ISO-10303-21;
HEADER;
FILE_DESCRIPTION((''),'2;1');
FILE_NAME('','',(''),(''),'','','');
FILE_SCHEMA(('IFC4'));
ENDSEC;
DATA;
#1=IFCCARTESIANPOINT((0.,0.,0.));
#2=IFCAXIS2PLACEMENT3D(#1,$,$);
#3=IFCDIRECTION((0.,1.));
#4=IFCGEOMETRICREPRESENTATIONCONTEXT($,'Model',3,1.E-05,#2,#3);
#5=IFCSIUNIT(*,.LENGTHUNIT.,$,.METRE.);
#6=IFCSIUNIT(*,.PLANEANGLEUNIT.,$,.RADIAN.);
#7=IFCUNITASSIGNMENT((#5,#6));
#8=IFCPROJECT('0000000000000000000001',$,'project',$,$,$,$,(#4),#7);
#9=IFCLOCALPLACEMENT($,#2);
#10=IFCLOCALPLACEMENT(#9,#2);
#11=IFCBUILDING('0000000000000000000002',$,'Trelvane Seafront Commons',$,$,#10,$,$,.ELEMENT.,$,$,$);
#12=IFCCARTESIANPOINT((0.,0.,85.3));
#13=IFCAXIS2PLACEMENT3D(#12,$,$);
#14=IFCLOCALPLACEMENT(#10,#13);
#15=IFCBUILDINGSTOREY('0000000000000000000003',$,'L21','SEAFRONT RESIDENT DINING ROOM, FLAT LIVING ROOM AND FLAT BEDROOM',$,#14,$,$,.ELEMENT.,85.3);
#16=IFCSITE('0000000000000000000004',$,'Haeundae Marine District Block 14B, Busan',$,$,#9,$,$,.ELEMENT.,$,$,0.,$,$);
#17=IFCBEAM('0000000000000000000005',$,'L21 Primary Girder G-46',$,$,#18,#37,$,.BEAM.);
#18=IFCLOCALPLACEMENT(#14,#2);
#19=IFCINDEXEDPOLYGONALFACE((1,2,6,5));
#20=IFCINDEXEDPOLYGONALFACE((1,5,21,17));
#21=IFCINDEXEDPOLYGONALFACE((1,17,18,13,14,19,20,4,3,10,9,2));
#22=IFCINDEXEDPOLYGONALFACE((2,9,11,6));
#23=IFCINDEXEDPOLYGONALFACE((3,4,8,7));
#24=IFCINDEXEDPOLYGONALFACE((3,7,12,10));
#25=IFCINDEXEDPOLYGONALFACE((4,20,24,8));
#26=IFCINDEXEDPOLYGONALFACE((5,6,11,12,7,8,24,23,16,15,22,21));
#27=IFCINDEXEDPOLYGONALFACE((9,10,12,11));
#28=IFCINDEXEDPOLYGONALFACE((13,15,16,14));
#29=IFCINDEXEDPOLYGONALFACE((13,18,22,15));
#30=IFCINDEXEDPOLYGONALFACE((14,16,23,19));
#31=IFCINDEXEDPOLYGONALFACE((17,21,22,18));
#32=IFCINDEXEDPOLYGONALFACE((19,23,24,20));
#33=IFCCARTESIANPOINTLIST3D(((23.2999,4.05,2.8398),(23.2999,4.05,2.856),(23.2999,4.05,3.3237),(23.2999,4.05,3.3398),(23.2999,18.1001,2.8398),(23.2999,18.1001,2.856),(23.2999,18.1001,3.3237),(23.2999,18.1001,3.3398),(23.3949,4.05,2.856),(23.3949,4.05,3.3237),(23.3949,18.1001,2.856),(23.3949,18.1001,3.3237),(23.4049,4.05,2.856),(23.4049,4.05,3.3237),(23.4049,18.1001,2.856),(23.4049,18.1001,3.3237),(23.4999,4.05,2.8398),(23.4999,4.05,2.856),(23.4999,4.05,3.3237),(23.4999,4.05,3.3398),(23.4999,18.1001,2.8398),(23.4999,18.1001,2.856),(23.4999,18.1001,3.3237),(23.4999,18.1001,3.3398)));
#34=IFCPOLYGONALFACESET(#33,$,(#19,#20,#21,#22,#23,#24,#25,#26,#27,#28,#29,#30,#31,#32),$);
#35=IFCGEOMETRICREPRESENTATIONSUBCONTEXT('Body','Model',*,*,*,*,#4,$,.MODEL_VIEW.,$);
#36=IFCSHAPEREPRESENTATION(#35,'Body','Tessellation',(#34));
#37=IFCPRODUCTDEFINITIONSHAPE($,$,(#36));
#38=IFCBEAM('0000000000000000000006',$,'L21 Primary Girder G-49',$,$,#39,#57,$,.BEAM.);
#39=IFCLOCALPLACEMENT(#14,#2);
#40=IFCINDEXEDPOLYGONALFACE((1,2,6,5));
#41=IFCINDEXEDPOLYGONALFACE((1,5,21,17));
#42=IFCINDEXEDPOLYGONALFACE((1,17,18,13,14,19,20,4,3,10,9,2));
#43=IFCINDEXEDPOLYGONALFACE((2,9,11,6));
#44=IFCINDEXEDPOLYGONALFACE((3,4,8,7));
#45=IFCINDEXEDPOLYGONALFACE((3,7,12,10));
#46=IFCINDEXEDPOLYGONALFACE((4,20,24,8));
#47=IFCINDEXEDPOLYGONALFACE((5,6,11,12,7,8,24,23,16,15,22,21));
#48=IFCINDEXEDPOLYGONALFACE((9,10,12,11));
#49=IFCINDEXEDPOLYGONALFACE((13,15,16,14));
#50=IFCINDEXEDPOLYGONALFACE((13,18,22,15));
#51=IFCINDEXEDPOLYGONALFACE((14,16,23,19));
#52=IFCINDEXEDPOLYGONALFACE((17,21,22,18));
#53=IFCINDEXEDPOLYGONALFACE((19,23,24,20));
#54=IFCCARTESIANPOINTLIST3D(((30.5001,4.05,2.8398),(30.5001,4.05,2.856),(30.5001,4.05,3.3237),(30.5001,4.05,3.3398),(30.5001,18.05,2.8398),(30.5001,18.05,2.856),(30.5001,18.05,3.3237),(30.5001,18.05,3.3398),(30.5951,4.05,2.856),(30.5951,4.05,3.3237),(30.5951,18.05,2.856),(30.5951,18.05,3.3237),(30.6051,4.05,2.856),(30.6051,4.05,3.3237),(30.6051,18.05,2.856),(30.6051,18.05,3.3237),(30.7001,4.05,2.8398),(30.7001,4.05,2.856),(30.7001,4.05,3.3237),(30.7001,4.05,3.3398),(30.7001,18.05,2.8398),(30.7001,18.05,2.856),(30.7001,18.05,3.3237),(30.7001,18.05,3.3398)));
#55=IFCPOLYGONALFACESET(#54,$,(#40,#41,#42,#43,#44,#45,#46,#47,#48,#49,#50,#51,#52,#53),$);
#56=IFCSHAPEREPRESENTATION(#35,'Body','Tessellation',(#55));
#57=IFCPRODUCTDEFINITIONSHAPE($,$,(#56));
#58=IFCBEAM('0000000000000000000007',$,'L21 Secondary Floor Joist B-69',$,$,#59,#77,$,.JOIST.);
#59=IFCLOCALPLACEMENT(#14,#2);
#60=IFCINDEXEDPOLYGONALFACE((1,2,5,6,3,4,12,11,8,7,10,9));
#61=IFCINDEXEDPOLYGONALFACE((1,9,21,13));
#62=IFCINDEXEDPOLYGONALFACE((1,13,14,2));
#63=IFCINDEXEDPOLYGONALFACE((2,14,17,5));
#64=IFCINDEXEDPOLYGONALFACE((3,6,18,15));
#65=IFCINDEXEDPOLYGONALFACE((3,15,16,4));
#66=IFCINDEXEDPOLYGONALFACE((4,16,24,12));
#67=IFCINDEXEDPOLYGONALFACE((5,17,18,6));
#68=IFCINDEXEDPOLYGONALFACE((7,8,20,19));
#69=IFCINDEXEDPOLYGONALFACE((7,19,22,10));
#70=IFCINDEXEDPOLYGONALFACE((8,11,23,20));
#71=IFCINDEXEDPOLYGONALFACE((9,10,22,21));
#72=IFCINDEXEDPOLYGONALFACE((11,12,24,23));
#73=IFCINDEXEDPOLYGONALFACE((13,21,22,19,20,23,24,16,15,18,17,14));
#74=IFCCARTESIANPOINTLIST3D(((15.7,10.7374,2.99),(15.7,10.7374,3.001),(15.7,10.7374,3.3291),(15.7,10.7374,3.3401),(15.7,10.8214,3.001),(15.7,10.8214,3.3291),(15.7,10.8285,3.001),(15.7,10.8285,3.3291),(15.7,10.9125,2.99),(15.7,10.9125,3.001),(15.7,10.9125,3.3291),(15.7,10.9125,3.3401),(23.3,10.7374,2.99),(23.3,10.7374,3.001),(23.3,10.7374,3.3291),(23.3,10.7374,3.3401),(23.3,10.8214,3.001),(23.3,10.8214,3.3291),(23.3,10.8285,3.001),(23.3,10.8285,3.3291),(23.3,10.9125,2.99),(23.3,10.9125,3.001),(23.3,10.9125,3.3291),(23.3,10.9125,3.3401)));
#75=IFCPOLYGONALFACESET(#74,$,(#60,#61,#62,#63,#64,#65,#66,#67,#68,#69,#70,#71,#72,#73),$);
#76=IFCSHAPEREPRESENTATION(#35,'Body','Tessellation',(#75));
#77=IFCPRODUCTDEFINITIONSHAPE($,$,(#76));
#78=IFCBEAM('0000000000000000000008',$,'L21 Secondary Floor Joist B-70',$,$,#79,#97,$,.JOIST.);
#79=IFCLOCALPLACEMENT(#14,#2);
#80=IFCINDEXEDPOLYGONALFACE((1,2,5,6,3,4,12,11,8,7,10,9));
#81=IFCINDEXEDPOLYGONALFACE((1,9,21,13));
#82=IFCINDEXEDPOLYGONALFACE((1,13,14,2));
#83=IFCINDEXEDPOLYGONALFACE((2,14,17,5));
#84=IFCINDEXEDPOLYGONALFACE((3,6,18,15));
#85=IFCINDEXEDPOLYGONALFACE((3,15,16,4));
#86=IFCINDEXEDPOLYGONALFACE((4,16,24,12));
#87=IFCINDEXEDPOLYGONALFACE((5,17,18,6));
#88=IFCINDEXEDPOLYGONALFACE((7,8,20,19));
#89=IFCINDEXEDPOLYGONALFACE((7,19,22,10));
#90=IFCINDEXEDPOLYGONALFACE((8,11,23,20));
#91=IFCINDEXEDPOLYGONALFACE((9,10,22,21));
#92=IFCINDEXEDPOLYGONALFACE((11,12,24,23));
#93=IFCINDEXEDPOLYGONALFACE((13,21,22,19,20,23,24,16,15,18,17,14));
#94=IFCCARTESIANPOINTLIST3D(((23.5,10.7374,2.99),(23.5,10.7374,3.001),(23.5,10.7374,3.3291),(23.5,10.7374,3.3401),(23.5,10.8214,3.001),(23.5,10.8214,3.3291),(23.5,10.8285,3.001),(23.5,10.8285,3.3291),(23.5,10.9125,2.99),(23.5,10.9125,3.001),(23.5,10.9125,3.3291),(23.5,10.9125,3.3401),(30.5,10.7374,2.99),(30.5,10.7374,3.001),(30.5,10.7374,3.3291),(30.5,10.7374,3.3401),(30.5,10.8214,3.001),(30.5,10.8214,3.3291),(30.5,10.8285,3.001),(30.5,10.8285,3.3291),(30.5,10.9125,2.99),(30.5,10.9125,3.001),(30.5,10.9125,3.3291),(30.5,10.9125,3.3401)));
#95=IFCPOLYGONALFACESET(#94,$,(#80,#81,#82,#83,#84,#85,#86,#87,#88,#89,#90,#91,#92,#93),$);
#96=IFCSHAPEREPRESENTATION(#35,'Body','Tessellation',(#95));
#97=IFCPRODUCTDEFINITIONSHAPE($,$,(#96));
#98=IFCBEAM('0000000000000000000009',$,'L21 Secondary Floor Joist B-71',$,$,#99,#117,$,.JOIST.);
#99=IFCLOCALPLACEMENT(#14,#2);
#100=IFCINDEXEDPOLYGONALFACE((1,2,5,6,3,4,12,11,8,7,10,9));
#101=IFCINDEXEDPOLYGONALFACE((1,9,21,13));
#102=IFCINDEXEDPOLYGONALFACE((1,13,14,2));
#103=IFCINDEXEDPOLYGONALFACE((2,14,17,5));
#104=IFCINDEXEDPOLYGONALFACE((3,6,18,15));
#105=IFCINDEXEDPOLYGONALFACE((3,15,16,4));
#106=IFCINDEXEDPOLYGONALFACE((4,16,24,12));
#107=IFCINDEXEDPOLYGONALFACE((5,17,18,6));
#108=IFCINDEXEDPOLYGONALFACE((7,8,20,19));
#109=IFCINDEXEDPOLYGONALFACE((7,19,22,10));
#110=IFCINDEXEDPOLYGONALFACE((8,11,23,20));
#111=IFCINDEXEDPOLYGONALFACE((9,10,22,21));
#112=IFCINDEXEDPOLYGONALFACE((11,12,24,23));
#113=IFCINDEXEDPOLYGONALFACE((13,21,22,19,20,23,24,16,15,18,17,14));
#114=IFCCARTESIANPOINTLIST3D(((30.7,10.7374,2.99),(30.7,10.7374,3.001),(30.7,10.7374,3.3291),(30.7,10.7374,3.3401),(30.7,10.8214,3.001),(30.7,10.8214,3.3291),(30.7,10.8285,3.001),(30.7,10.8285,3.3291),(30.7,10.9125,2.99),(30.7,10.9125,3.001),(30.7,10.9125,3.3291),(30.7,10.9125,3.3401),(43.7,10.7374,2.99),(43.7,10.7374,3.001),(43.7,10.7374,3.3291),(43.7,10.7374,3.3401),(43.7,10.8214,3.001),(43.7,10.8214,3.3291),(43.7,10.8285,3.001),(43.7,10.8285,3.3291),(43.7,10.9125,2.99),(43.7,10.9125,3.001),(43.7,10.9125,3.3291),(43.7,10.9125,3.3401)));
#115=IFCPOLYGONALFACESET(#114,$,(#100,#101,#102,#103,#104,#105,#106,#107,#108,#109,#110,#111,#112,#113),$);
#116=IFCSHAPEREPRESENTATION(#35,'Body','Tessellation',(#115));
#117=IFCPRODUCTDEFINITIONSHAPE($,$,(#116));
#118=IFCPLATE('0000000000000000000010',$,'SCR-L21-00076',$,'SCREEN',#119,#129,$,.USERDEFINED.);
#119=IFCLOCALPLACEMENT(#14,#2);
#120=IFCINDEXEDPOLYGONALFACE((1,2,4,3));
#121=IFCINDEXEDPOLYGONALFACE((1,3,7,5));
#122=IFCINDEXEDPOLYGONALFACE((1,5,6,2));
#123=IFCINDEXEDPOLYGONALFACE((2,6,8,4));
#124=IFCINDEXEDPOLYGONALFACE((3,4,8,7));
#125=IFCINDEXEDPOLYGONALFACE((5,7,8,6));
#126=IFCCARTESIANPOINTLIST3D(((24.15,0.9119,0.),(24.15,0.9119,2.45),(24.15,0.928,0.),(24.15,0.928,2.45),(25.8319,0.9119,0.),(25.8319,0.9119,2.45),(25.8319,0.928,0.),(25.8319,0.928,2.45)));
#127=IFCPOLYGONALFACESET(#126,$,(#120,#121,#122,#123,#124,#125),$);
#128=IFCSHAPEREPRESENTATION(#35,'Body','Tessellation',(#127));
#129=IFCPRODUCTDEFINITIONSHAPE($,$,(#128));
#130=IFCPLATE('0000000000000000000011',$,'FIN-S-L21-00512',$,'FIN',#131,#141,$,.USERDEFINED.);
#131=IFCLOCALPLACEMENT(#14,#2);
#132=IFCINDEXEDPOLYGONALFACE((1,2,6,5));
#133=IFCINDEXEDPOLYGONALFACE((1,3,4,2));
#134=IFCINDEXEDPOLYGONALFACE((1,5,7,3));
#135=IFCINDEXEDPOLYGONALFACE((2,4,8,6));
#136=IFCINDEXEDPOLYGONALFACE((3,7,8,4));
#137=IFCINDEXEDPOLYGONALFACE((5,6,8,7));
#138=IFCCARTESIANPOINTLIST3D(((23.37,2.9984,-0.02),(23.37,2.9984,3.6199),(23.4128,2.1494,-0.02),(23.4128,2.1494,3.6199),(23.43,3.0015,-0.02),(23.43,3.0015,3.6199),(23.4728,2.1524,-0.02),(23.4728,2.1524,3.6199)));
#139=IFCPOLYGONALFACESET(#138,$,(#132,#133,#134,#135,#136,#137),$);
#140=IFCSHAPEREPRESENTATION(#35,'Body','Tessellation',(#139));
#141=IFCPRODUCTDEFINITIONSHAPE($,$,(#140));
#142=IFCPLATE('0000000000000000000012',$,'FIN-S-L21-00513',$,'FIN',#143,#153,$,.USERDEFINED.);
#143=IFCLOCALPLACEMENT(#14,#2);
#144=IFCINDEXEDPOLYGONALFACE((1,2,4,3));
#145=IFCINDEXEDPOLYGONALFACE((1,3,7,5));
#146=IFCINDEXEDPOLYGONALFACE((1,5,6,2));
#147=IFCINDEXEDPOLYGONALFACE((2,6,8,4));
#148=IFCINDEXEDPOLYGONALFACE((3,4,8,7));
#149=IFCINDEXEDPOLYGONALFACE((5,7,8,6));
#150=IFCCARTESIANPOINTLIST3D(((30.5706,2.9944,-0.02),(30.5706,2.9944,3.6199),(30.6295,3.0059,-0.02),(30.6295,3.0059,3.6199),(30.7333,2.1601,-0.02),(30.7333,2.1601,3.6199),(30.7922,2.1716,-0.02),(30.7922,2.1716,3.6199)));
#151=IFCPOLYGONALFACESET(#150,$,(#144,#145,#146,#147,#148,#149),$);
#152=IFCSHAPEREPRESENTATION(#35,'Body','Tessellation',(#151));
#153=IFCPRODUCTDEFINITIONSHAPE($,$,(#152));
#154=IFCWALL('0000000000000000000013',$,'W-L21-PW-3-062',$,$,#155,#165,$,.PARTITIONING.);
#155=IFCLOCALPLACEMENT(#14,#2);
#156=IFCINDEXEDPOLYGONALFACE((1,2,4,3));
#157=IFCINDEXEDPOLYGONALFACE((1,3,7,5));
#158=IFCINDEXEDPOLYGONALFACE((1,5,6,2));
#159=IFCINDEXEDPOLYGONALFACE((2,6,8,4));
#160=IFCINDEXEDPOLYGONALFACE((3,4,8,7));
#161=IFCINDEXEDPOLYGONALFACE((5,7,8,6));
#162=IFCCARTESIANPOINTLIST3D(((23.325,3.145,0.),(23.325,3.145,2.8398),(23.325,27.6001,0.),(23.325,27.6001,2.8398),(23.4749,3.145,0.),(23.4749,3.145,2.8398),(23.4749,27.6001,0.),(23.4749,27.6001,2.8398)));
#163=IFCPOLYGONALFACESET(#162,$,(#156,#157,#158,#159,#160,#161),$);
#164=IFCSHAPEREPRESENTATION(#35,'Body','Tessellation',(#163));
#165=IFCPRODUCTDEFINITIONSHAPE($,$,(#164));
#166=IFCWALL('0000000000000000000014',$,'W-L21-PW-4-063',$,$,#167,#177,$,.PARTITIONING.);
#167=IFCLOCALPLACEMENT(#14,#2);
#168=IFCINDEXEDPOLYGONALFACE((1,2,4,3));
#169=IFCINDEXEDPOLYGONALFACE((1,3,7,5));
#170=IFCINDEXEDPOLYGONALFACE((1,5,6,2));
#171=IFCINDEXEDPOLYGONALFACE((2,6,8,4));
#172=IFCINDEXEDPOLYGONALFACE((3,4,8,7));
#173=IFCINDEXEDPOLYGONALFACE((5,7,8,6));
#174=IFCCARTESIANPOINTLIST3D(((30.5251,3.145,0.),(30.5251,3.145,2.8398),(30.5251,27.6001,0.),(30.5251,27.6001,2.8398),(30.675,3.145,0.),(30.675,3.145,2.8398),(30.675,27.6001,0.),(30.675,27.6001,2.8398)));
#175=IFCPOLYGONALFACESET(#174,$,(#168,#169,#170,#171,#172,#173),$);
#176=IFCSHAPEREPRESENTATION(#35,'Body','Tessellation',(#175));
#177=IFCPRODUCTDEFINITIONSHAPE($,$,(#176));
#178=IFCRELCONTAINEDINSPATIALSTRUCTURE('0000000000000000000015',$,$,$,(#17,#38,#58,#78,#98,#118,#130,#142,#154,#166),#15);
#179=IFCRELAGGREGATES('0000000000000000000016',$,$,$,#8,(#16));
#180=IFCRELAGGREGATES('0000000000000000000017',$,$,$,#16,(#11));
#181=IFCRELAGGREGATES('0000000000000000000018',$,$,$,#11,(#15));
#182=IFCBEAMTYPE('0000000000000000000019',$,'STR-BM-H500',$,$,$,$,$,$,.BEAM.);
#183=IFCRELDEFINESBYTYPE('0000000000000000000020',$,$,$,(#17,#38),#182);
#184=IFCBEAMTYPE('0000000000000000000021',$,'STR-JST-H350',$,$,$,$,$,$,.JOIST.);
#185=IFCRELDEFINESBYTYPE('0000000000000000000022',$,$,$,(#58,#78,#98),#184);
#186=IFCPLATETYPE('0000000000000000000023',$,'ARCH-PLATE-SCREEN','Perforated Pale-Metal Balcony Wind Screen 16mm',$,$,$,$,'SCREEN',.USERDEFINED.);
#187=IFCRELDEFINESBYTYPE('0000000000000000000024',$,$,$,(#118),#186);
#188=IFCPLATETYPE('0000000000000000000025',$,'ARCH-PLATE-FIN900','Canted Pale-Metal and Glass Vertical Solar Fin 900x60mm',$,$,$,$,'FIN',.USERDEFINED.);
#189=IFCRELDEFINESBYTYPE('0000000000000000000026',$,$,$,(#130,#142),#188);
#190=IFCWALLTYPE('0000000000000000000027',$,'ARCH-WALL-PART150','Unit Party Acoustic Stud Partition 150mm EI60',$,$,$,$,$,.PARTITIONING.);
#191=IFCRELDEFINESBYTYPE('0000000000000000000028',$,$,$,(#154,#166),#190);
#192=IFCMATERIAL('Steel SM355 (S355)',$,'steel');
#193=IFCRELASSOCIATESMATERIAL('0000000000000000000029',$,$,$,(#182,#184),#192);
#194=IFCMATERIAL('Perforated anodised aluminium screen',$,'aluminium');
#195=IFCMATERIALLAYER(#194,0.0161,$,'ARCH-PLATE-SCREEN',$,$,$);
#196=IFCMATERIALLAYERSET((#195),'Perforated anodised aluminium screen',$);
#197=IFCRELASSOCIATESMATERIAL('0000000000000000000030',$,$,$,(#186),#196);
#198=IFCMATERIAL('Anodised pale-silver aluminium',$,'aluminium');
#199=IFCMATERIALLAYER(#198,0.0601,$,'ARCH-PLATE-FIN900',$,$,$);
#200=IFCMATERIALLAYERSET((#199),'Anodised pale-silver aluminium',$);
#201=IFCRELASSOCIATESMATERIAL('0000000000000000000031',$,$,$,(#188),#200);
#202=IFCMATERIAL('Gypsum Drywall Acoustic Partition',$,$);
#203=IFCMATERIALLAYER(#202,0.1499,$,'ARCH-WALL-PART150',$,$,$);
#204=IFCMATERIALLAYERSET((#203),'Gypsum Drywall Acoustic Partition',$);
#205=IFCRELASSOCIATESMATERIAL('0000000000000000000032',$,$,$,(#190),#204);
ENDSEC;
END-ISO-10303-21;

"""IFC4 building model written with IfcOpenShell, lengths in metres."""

from ifc_helpers import new_model, si_unit, direction, frame, frame_2d, origin, origin_2d, place, context, subcontext, project, spatial, rectangle, i_section, extrude, source, transform, mapped, material, layer, layer_set, material_profile, profile_set, type_object, element, save


model = new_model("IFC4")

# Units and contexts
model_context = context("Model", 3, precision=1e-05, world=origin(), true_north=direction((0.0, 1.0)))
body_context = subcontext(model_context, "Body", "Model", "MODEL_VIEW")
ifc_project = project(units=[si_unit("LENGTHUNIT", "METRE"), si_unit("PLANEANGLEUNIT", "RADIAN")], contexts=[model_context])

# Site, building, storey
site_placement = place(None, origin())
site = spatial("IfcSite", under=ifc_project, at=site_placement, Name="Haeundae Marine District Block 14B, Busan", CompositionType="ELEMENT", RefElevation=0.0)
building_placement = place(site_placement, origin())
building = spatial("IfcBuilding", under=site, at=building_placement, Name="Trelvane Seafront Commons", CompositionType="ELEMENT")
storey_placement = place(building_placement, frame((0.0, 0.0, 85.3)))
storey = spatial("IfcBuildingStorey", under=building, at=storey_placement, Name="L21", Description="SEAFRONT RESIDENT DINING ROOM, FLAT LIVING ROOM AND FLAT BEDROOM", CompositionType="ELEMENT", Elevation=85.3)

# Shared definitions
ifc_material_1 = material(Name="Steel SM355 (S355)", Category="steel")

# Beams
ifc_material_profile_1 = material_profile(ifc_material_1, i_section(OverallWidth=0.2, OverallDepth=0.5, WebThickness=0.01, FlangeThickness=0.0161, at=origin_2d()), Name="H-500x200x10x16")
ifc_profile_set_1 = profile_set([ifc_material_profile_1], Name="Steel SM355 (S355)")
beam_type_1 = type_object("IfcBeamType", Name="STR-BM-H500", PredefinedType="BEAM", material=ifc_profile_set_1)
shared_shape_1 = source(origin(), body_context, "Body", "SweptSolid", [
    extrude(i_section(OverallWidth=0.2, OverallDepth=0.5, WebThickness=0.01, FlangeThickness=0.0161, at=origin_2d()), origin(), (0.0, 0.0, 1.0), 14.05),
])
beam_1_placement = place(storey_placement, frame((23.3999, 4.05, 3.0898), z_axis=(0.0, 1.0, 0.0), x_axis=(-1.0, 0.0, 0.0)))
element("IfcBeam", 1, at=beam_1_placement, inside=storey, type_object=beam_type_1, Name="L21 Primary Girder G-46", PredefinedType="BEAM", context=body_context, shape_type="MappedRepresentation", body=[
    mapped(shared_shape_1, transform((0.0, 0.0, 0.0), x_axis=(1.0, 0.0, 0.0), y_axis=(0.0, 1.0, 0.0), z_axis=(0.0, 0.0, 1.0), scale=1.0)),
])
shared_shape_2 = source(origin(), body_context, "Body", "SweptSolid", [
    extrude(i_section(OverallWidth=0.2, OverallDepth=0.5, WebThickness=0.01, FlangeThickness=0.0161, at=origin_2d()), origin(), (0.0, 0.0, 1.0), 14.0),
])
beam_2_placement = place(storey_placement, frame((30.6001, 4.05, 3.0898), z_axis=(0.0, 1.0, 0.0), x_axis=(-1.0, 0.0, 0.0)))
element("IfcBeam", 2, at=beam_2_placement, inside=storey, type_object=beam_type_1, Name="L21 Primary Girder G-49", PredefinedType="BEAM", context=body_context, shape_type="MappedRepresentation", body=[
    mapped(shared_shape_2, transform((0.0, 0.0, 0.0), x_axis=(1.0, 0.0, 0.0), y_axis=(0.0, 1.0, 0.0), z_axis=(0.0, 0.0, 1.0), scale=1.0)),
])
ifc_material_profile_2 = material_profile(ifc_material_1, i_section(OverallWidth=0.175, OverallDepth=0.3501, WebThickness=0.0071, FlangeThickness=0.011, at=origin_2d()), Name="H-350x175x7x11")
ifc_profile_set_2 = profile_set([ifc_material_profile_2], Name="Steel SM355 (S355)")
beam_type_2 = type_object("IfcBeamType", Name="STR-JST-H350", PredefinedType="JOIST", material=ifc_profile_set_2)
shared_shape_3 = source(origin(), body_context, "Body", "SweptSolid", [
    extrude(i_section(OverallWidth=0.175, OverallDepth=0.3501, WebThickness=0.0071, FlangeThickness=0.011, at=origin_2d()), origin(), (0.0, 0.0, 1.0), 7.6001),
])
beam_3_placement = place(storey_placement, frame((15.7, 10.825, 3.165), z_axis=(1.0, 0.0, 0.0), x_axis=(0.0, 1.0, 0.0)))
element("IfcBeam", 3, at=beam_3_placement, inside=storey, type_object=beam_type_2, Name="L21 Secondary Floor Joist B-69", PredefinedType="JOIST", context=body_context, shape_type="MappedRepresentation", body=[
    mapped(shared_shape_3, transform((0.0, 0.0, 0.0), x_axis=(1.0, 0.0, 0.0), y_axis=(0.0, 1.0, 0.0), z_axis=(0.0, 0.0, 1.0), scale=1.0)),
])
shared_shape_4 = source(origin(), body_context, "Body", "SweptSolid", [
    extrude(i_section(OverallWidth=0.175, OverallDepth=0.3501, WebThickness=0.0071, FlangeThickness=0.011, at=origin_2d()), origin(), (0.0, 0.0, 1.0), 7.0),
])
beam_4_placement = place(storey_placement, frame((23.5, 10.825, 3.165), z_axis=(1.0, 0.0, 0.0), x_axis=(0.0, 1.0, 0.0)))
element("IfcBeam", 4, at=beam_4_placement, inside=storey, type_object=beam_type_2, Name="L21 Secondary Floor Joist B-70", PredefinedType="JOIST", context=body_context, shape_type="MappedRepresentation", body=[
    mapped(shared_shape_4, transform((0.0, 0.0, 0.0), x_axis=(1.0, 0.0, 0.0), y_axis=(0.0, 1.0, 0.0), z_axis=(0.0, 0.0, 1.0), scale=1.0)),
])
shared_shape_5 = source(origin(), body_context, "Body", "SweptSolid", [
    extrude(i_section(OverallWidth=0.175, OverallDepth=0.3501, WebThickness=0.0071, FlangeThickness=0.011, at=origin_2d()), origin(), (0.0, 0.0, 1.0), 13.0),
])
beam_5_placement = place(storey_placement, frame((30.7, 10.825, 3.165), z_axis=(1.0, 0.0, 0.0), x_axis=(0.0, 1.0, 0.0)))
element("IfcBeam", 5, at=beam_5_placement, inside=storey, type_object=beam_type_2, Name="L21 Secondary Floor Joist B-71", PredefinedType="JOIST", context=body_context, shape_type="MappedRepresentation", body=[
    mapped(shared_shape_5, transform((0.0, 0.0, 0.0), x_axis=(1.0, 0.0, 0.0), y_axis=(0.0, 1.0, 0.0), z_axis=(0.0, 0.0, 1.0), scale=1.0)),
])

# Plates
ifc_material_2 = material(Name="Perforated anodised aluminium screen", Category="aluminium")
ifc_layer_1 = layer(ifc_material_2, 0.0161, Name="ARCH-PLATE-SCREEN")
ifc_layer_set_1 = layer_set([ifc_layer_1], Name="Perforated anodised aluminium screen")
plate_type_1 = type_object("IfcPlateType", Name="ARCH-PLATE-SCREEN", Description="Perforated Pale-Metal Balcony Wind Screen 16mm", ElementType="SCREEN", PredefinedType="USERDEFINED", material=ifc_layer_set_1)
shared_shape_6 = source(origin(), body_context, "Body", "SweptSolid", [
    extrude(rectangle(XDim=1.6819, YDim=0.0161, at=origin_2d()), origin(), (0.0, 0.0, 1.0), 2.45),
])
plate_placement = place(storey_placement, frame((24.991, 0.9199, 0.0), z_axis=(0.0, 0.0, 1.0), x_axis=(1.0, 0.0, 0.0)))
element("IfcPlate", 6, at=plate_placement, inside=storey, type_object=plate_type_1, Name="SCR-L21-00076", ObjectType="SCREEN", PredefinedType="USERDEFINED", context=body_context, shape_type="MappedRepresentation", body=[
    mapped(shared_shape_6, transform((0.0, 0.0, 0.0), x_axis=(1.0, 0.0, 0.0), y_axis=(0.0, 1.0, 0.0), z_axis=(0.0, 0.0, 1.0), scale=1.0)),
])
ifc_material_3 = material(Name="Anodised pale-silver aluminium", Category="aluminium")
ifc_layer_2 = layer(ifc_material_3, 0.0601, Name="ARCH-PLATE-FIN900")
ifc_layer_set_2 = layer_set([ifc_layer_2], Name="Anodised pale-silver aluminium")
plate_type_2 = type_object("IfcPlateType", Name="ARCH-PLATE-FIN900", Description="Canted Pale-Metal and Glass Vertical Solar Fin 900x60mm", ElementType="FIN", PredefinedType="USERDEFINED", material=ifc_layer_set_2)
shared_shape_7 = source(origin(), body_context, "Body", "SweptSolid", [
    extrude(rectangle(XDim=0.8501, YDim=0.0601, at=origin_2d()), origin(), (0.0, 0.0, 1.0), 3.6399),
])
for number, where, z_axis, x_axis, name in (
    (7, (23.4214, 2.5754, -0.02), (0.0, 0.0, 1.0), (0.050354, -0.998731, 0.0), "FIN-S-L21-00512"),
    (8, (30.6814, 2.583, -0.02), (0.0, 0.0, 1.0), (0.191409, -0.98151, 0.0), "FIN-S-L21-00513"),
):
    element("IfcPlate", number, at=place(storey_placement, frame(where, z_axis=z_axis, x_axis=x_axis)), inside=storey, type_object=plate_type_2, Name=name, ObjectType="FIN", PredefinedType="USERDEFINED", context=body_context, shape_type="MappedRepresentation", body=[
        mapped(shared_shape_7, transform((0.0, 0.0, 0.0), x_axis=(1.0, 0.0, 0.0), y_axis=(0.0, 1.0, 0.0), z_axis=(0.0, 0.0, 1.0), scale=1.0)),
    ])

# Shared definitions
ifc_material_4 = material(Name="Gypsum Drywall Acoustic Partition")

# Walls
ifc_layer_3 = layer(ifc_material_4, 0.1499, Name="ARCH-WALL-PART150")
ifc_layer_set_3 = layer_set([ifc_layer_3], Name="Gypsum Drywall Acoustic Partition")
wall_type_1 = type_object("IfcWallType", Name="ARCH-WALL-PART150", Description="Unit Party Acoustic Stud Partition 150mm EI60", PredefinedType="PARTITIONING", material=ifc_layer_set_3)
for number, where, z_axis, x_axis, name in (
    (9, (23.3999, 3.145, 0.0), (0.0, 0.0, 1.0), (0.0, 1.0, 0.0), "W-L21-PW-3-062"),
    (10, (30.6001, 3.145, 0.0), (0.0, 0.0, 1.0), (0.0, 1.0, 0.0), "W-L21-PW-4-063"),
):
    element("IfcWall", number, at=place(storey_placement, frame(where, z_axis=z_axis, x_axis=x_axis)), inside=storey, type_object=wall_type_1, Name=name, PredefinedType="PARTITIONING", context=body_context, shape_type="SweptSolid", body=[
        extrude(rectangle(XDim=24.4551, YDim=0.1499, at=frame_2d((12.2275, 0.0))), origin(), (0.0, 0.0, 1.0), 2.8398),
    ])

save(model, "model.ifc")
